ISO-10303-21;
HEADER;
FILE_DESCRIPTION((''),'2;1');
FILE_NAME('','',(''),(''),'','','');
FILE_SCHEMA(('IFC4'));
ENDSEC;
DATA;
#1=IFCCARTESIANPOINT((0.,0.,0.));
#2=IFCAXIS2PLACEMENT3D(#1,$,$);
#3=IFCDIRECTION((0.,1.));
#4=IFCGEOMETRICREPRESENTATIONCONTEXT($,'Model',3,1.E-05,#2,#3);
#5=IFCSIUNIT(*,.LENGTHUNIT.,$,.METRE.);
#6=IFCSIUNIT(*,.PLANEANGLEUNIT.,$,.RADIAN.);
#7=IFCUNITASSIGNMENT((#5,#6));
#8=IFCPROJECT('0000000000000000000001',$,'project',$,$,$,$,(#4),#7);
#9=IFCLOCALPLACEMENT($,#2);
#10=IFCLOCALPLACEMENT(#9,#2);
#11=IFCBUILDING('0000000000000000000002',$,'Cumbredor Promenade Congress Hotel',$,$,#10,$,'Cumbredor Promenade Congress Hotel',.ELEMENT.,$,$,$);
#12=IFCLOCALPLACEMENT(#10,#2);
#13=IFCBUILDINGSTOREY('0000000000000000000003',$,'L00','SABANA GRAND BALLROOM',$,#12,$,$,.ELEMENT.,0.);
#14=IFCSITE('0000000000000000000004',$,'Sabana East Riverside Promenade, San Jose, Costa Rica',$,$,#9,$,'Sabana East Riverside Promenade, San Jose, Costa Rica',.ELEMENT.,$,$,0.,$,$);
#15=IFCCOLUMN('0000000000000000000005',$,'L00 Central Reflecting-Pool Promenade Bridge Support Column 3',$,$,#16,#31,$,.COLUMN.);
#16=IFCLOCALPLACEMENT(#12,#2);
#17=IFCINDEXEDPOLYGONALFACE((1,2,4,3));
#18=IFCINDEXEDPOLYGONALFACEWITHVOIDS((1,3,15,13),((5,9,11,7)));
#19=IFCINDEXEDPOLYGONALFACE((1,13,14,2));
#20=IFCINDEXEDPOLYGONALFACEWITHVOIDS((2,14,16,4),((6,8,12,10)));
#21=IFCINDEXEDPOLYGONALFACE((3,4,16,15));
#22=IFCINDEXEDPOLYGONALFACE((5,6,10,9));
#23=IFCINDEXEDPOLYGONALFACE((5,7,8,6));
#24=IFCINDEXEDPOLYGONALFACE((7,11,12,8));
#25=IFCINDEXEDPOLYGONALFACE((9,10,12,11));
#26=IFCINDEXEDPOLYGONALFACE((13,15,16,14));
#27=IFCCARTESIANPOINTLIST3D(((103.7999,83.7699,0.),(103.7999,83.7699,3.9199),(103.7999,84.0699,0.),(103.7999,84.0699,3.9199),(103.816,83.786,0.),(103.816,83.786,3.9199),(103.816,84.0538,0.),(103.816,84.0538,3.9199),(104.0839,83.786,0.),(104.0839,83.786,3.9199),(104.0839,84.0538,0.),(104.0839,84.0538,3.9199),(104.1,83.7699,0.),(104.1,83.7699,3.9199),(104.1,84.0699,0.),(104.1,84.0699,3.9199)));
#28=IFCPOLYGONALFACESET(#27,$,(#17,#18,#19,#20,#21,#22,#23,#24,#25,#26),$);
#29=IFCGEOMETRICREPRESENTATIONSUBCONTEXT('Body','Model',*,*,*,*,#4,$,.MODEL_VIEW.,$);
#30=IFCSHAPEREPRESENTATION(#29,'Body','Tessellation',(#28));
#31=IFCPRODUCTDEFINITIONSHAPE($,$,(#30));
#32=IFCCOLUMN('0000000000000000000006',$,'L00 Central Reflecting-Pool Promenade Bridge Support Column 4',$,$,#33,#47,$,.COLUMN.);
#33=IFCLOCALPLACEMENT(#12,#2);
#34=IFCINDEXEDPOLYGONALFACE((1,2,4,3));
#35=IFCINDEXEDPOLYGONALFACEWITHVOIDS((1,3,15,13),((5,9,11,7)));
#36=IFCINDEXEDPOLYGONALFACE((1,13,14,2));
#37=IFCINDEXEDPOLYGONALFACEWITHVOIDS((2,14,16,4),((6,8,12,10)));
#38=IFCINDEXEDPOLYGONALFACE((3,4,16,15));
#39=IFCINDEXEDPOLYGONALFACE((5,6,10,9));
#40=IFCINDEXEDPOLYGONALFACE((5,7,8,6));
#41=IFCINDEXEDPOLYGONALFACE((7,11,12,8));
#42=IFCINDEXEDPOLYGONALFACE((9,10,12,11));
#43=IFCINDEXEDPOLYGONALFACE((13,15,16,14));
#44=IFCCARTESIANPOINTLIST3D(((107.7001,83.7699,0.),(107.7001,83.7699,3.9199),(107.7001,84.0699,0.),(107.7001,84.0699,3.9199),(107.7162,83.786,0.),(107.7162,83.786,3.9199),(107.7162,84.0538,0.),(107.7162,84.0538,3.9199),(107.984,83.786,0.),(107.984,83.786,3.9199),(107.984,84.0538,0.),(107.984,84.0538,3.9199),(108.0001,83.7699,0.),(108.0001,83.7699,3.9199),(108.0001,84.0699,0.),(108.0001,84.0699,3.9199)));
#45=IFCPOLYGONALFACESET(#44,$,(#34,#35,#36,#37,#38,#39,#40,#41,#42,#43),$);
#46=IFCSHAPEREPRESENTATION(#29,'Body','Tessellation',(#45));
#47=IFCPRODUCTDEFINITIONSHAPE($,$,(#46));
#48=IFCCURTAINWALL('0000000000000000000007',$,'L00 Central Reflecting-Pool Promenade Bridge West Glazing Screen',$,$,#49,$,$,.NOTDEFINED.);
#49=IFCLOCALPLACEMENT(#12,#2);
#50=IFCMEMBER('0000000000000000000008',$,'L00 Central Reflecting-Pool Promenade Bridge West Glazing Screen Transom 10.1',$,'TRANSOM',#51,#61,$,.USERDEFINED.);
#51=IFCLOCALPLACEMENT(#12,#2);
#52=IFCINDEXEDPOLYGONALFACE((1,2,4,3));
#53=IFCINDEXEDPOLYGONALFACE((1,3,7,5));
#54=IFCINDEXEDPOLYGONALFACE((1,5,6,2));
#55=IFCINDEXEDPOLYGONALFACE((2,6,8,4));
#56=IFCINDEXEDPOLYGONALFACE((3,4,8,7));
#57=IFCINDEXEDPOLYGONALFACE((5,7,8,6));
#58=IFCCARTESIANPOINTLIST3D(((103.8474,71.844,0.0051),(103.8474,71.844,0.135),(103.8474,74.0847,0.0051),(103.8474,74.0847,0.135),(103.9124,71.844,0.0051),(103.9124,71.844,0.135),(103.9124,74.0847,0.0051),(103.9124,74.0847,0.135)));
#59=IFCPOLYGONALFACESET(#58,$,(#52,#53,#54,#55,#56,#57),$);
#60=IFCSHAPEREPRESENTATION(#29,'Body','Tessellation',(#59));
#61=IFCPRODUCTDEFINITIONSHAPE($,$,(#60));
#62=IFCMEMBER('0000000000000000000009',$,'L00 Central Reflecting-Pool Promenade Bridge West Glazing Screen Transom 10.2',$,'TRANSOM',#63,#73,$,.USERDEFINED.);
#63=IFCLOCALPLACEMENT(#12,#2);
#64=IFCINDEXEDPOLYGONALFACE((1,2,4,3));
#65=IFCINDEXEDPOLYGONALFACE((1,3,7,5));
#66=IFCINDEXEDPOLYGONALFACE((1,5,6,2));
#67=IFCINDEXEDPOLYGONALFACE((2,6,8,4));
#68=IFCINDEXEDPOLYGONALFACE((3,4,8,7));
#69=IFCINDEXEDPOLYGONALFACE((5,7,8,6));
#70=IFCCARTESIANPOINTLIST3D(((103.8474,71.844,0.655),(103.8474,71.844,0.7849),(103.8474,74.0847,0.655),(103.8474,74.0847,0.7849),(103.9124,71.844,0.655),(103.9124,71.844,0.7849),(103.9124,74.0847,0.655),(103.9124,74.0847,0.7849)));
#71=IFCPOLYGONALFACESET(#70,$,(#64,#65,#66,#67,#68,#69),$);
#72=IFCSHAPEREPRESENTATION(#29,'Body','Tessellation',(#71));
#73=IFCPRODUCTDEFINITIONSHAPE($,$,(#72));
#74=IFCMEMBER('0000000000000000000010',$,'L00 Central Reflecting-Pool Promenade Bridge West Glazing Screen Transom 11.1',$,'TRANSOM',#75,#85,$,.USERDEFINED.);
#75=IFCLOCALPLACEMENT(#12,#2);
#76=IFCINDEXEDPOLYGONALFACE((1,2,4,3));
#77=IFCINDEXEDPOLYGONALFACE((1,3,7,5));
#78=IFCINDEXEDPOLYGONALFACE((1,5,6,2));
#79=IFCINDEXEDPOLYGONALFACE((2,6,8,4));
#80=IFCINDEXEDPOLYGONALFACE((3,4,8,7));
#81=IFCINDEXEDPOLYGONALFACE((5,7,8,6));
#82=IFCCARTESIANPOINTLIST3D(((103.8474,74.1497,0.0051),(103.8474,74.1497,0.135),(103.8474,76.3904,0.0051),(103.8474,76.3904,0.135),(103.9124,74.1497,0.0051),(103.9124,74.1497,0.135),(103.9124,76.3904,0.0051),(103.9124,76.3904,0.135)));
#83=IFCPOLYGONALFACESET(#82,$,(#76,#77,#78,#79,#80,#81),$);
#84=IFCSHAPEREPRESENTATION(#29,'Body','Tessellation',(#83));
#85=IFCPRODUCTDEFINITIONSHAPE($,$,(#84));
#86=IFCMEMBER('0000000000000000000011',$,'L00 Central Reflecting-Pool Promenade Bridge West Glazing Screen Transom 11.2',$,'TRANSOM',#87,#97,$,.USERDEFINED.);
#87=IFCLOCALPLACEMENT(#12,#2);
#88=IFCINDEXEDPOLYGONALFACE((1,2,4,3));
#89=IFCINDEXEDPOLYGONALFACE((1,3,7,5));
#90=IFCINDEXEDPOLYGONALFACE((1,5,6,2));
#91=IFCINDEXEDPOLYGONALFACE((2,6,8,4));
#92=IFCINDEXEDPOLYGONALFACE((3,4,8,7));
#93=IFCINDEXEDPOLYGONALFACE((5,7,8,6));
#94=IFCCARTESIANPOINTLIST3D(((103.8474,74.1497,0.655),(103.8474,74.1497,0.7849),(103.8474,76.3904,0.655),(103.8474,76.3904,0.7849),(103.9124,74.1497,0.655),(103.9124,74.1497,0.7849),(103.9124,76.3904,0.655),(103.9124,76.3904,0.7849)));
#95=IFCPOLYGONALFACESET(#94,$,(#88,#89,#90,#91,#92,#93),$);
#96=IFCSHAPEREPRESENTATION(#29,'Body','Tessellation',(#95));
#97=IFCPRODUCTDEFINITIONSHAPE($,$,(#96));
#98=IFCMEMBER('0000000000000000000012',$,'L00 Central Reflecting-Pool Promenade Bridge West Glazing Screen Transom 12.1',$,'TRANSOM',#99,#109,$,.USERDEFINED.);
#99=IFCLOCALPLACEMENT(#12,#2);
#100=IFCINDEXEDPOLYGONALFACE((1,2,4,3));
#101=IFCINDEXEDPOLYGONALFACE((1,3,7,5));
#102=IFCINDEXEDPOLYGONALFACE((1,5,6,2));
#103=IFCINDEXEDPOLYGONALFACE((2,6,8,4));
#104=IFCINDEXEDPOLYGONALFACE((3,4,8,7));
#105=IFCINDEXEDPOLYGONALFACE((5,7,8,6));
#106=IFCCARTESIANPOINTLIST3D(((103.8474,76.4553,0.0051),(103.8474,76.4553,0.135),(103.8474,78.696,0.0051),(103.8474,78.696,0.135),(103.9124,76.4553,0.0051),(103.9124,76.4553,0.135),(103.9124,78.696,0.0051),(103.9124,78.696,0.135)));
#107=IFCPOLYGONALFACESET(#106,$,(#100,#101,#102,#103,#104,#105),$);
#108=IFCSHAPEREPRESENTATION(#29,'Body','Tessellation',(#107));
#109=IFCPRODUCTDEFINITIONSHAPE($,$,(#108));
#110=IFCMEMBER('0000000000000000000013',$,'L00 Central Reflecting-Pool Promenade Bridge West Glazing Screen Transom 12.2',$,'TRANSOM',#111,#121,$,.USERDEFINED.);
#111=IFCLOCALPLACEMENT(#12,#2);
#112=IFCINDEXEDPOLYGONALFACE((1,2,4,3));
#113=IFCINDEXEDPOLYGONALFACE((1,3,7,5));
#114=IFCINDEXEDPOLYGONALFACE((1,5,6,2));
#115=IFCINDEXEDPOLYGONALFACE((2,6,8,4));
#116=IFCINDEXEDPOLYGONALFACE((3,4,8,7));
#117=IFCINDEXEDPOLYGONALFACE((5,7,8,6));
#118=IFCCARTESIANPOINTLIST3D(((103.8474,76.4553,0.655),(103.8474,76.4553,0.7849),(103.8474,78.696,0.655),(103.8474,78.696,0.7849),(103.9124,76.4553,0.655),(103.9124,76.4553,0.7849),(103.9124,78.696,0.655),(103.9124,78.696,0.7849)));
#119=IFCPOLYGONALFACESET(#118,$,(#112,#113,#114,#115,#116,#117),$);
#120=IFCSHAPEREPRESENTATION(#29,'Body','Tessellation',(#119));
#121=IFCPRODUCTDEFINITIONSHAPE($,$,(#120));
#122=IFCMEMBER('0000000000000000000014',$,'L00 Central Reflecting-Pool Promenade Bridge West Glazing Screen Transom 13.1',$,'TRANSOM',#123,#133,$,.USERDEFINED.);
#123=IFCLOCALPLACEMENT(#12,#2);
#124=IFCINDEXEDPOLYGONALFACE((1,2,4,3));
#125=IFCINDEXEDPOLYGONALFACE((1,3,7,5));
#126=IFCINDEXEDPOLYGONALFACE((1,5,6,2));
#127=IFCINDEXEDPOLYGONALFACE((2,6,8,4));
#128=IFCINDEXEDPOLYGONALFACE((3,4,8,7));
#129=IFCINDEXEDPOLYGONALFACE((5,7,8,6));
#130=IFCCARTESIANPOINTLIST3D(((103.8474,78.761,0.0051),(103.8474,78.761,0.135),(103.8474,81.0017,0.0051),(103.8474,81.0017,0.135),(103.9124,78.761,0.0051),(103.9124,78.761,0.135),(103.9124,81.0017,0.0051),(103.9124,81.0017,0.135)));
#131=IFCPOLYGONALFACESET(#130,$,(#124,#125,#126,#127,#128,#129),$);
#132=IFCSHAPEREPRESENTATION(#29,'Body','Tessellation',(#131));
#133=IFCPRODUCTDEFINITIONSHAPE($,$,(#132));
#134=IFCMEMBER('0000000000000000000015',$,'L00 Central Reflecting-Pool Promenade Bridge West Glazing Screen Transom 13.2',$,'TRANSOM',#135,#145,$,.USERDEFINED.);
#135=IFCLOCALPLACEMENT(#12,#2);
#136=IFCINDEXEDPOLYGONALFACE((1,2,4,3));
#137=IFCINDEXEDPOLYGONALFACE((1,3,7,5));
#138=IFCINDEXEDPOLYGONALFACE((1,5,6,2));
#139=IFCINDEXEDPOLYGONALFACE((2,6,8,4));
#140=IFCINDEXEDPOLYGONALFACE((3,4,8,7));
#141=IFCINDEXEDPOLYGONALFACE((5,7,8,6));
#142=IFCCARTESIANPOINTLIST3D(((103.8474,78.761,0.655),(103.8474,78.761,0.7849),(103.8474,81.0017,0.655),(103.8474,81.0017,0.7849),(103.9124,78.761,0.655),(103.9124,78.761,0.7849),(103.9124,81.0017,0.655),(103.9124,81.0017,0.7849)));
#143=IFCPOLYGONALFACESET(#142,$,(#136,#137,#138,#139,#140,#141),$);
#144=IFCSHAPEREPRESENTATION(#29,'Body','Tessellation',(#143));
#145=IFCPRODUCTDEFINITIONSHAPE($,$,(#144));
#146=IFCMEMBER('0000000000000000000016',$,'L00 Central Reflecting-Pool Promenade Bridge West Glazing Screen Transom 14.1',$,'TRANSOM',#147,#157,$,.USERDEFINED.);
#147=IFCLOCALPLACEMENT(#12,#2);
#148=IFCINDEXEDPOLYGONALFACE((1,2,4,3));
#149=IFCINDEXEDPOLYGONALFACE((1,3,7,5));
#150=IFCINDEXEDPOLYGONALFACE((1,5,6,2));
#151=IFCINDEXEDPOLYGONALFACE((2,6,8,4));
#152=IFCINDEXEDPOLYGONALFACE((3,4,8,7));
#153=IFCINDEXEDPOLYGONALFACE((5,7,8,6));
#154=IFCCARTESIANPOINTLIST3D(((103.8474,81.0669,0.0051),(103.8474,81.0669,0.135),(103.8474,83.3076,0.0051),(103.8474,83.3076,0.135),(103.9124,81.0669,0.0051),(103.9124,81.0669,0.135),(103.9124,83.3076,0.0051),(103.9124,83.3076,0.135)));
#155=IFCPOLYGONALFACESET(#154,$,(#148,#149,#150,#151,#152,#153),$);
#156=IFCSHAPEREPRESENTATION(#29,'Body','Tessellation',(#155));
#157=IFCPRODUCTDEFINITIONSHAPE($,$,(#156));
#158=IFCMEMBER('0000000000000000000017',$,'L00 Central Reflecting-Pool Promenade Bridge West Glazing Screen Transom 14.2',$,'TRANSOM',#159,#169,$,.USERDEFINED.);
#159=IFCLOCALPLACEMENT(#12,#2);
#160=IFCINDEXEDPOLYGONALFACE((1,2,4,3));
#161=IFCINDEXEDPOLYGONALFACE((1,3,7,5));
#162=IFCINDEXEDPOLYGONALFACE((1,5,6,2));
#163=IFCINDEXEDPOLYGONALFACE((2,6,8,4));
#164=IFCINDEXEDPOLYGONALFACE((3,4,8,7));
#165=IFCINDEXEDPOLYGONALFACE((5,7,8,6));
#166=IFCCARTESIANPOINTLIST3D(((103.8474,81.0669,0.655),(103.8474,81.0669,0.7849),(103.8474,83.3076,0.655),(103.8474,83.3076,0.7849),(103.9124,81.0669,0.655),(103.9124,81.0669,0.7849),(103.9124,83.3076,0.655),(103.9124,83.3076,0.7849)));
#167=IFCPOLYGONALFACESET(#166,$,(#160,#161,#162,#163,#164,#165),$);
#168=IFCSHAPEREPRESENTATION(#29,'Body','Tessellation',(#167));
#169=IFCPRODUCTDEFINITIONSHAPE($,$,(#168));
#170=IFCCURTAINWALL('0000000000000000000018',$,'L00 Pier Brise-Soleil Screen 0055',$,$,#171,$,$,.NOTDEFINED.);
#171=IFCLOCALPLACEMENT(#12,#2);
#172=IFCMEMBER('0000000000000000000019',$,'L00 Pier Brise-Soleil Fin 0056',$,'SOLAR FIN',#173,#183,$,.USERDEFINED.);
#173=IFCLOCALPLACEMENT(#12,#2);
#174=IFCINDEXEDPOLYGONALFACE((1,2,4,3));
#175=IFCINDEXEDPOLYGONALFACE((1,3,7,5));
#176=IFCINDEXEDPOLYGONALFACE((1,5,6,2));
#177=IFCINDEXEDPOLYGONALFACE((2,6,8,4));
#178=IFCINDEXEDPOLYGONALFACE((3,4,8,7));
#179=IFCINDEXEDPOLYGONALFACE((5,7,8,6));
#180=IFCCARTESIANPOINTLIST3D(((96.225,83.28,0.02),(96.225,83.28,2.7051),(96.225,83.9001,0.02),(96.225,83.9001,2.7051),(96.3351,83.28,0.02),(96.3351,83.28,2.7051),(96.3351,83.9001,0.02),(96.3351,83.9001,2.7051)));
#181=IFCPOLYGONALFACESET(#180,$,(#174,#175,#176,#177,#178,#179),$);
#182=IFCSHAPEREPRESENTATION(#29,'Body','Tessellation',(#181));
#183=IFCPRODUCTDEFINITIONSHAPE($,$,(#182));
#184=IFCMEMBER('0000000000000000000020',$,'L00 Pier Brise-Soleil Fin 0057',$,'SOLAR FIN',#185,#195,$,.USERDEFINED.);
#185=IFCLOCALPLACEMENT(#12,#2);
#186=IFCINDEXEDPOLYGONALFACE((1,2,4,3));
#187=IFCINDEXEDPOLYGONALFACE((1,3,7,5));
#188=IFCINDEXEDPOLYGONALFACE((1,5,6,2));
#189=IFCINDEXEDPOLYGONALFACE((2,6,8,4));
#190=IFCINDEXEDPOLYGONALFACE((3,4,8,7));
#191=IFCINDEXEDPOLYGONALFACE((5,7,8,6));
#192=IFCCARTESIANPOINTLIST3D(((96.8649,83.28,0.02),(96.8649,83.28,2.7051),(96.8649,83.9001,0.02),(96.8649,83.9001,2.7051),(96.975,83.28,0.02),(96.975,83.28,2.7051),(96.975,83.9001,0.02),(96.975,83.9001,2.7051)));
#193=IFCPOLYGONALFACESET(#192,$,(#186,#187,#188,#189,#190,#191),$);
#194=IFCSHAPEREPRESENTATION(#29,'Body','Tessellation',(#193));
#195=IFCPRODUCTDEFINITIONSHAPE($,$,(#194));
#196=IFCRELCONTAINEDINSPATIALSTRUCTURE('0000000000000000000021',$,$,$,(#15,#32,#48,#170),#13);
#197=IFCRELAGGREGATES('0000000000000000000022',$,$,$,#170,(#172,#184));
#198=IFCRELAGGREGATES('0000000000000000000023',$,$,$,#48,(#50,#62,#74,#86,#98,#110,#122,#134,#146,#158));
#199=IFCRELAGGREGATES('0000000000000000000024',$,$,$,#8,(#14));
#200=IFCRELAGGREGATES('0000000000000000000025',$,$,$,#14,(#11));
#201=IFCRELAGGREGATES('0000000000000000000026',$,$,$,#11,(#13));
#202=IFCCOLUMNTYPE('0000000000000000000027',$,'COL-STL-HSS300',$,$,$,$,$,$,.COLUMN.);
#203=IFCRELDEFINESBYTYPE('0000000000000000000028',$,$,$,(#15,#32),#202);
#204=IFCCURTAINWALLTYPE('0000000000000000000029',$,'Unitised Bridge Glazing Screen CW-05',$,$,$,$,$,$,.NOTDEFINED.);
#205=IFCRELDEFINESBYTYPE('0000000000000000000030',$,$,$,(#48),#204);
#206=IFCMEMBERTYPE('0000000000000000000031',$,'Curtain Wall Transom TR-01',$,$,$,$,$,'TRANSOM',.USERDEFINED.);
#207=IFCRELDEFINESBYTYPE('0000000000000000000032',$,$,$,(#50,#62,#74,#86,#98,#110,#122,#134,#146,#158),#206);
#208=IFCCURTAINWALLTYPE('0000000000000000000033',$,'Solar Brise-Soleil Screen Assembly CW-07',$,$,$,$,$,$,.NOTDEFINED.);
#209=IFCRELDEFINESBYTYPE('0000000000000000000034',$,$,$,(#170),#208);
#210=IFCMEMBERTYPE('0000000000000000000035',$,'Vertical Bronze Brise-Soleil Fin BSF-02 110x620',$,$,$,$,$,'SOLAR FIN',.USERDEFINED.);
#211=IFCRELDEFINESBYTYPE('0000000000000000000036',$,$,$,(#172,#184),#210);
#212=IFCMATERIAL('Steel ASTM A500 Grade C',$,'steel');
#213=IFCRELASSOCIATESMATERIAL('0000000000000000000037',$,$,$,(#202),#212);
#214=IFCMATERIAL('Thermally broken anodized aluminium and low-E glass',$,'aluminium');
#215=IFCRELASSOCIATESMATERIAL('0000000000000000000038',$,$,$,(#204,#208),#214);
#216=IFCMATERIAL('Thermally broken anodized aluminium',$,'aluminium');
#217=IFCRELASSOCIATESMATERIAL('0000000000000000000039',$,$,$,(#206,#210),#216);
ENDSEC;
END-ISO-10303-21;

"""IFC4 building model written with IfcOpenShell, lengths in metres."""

from ifc_helpers import new_model, si_unit, direction, frame, origin, origin_2d, place, context, subcontext, project, spatial, rectangle, hollow_rectangle, extrude, material, material_profile, profile_set, type_object, element, aggregate, save


model = new_model("IFC4")

# Units and contexts
model_context = context("Model", 3, precision=1e-05, world=origin(), true_north=direction((0.0, 1.0)))
body_context = subcontext(model_context, "Body", "Model", "MODEL_VIEW")
ifc_project = project(units=[si_unit("LENGTHUNIT", "METRE"), si_unit("PLANEANGLEUNIT", "RADIAN")], contexts=[model_context])

# Site, building, storey
site_placement = place(None, origin())
site = spatial("IfcSite", under=ifc_project, at=site_placement, Name="Sabana East Riverside Promenade, San Jose, Costa Rica", LongName="Sabana East Riverside Promenade, San Jose, Costa Rica", CompositionType="ELEMENT", RefElevation=0.0)
building_placement = place(site_placement, origin())
building = spatial("IfcBuilding", under=site, at=building_placement, Name="Cumbredor Promenade Congress Hotel", LongName="Cumbredor Promenade Congress Hotel", CompositionType="ELEMENT")
storey_placement = place(building_placement, origin())
storey = spatial("IfcBuildingStorey", under=building, at=storey_placement, Name="L00", Description="SABANA GRAND BALLROOM", CompositionType="ELEMENT", Elevation=0.0)

# Columns
ifc_material_1 = material(Name="Steel ASTM A500 Grade C", Category="steel")
ifc_material_profile_1 = material_profile(ifc_material_1, hollow_rectangle(XDim=0.3, YDim=0.3, WallThickness=0.0161, at=origin_2d()), Name="HSS 300x300x16")
ifc_profile_set_1 = profile_set([ifc_material_profile_1], Name="Steel ASTM A500 Grade C")
column_type = type_object("IfcColumnType", Name="COL-STL-HSS300", PredefinedType="COLUMN", material=ifc_profile_set_1)
for number, where, z_axis, x_axis, name in (
    (1, (103.95, 83.9199, 0.0), (0.0, 0.0, 1.0), (1.0, 0.0, 0.0), "L00 Central Reflecting-Pool Promenade Bridge Support Column 3"),
    (2, (107.8501, 83.9199, 0.0), (0.0, 0.0, 1.0), (1.0, 0.0, 0.0), "L00 Central Reflecting-Pool Promenade Bridge Support Column 4"),
):
    element("IfcColumn", number, at=place(storey_placement, frame(where, z_axis=z_axis, x_axis=x_axis)), inside=storey, type_object=column_type, Name=name, PredefinedType="COLUMN", context=body_context, shape_type="SweptSolid", body=[
        extrude(hollow_rectangle(XDim=0.3, YDim=0.3, WallThickness=0.0161, at=origin_2d()), origin(), (0.0, 0.0, 1.0), 3.9199),
    ])

# Curtain walls, members
ifc_material_2 = material(Name="Thermally broken anodized aluminium and low-E glass", Category="aluminium")
curtain_wall_type_1 = type_object("IfcCurtainWallType", Name="Unitised Bridge Glazing Screen CW-05", PredefinedType="NOTDEFINED", material=ifc_material_2)
curtain_wall_1_placement = place(storey_placement, origin())
curtain_wall_1 = element("IfcCurtainWall", 3, at=curtain_wall_1_placement, inside=storey, type_object=curtain_wall_type_1, Name="L00 Central Reflecting-Pool Promenade Bridge West Glazing Screen", PredefinedType="NOTDEFINED")
ifc_material_3 = material(Name="Thermally broken anodized aluminium", Category="aluminium")
ifc_material_profile_2 = material_profile(ifc_material_3, rectangle(XDim=0.0649, YDim=0.1299, at=origin_2d()), Name="ALU TRANSOM 65x130")
ifc_profile_set_2 = profile_set([ifc_material_profile_2], Name="Thermally broken anodized aluminium")
member_type_1 = type_object("IfcMemberType", Name="Curtain Wall Transom TR-01", ElementType="TRANSOM", PredefinedType="USERDEFINED", material=ifc_profile_set_2)
member_1_placement = place(storey_placement, frame((103.8799, 71.844, 0.0701), z_axis=(0.0, 1.0, 0.0), x_axis=(-1.0, 0.0, 0.0)))
member_1 = element("IfcMember", 4, at=member_1_placement, type_object=member_type_1, Name="L00 Central Reflecting-Pool Promenade Bridge West Glazing Screen Transom 10.1", ObjectType="TRANSOM", PredefinedType="USERDEFINED", context=body_context, shape_type="SweptSolid", body=[
    extrude(rectangle(XDim=0.0649, YDim=0.1299, at=origin_2d()), origin(), (0.0, 0.0, 1.0), 2.2407),
])
member_2_placement = place(storey_placement, frame((103.8799, 71.844, 0.72), z_axis=(0.0, 1.0, 0.0), x_axis=(-1.0, 0.0, 0.0)))
member_2 = element("IfcMember", 5, at=member_2_placement, type_object=member_type_1, Name="L00 Central Reflecting-Pool Promenade Bridge West Glazing Screen Transom 10.2", ObjectType="TRANSOM", PredefinedType="USERDEFINED", context=body_context, shape_type="SweptSolid", body=[
    extrude(rectangle(XDim=0.0649, YDim=0.1299, at=origin_2d()), origin(), (0.0, 0.0, 1.0), 2.2407),
])
member_3_placement = place(storey_placement, frame((103.8799, 74.1497, 0.0701), z_axis=(0.0, 1.0, 0.0), x_axis=(-1.0, 0.0, 0.0)))
member_3 = element("IfcMember", 6, at=member_3_placement, type_object=member_type_1, Name="L00 Central Reflecting-Pool Promenade Bridge West Glazing Screen Transom 11.1", ObjectType="TRANSOM", PredefinedType="USERDEFINED", context=body_context, shape_type="SweptSolid", body=[
    extrude(rectangle(XDim=0.0649, YDim=0.1299, at=origin_2d()), origin(), (0.0, 0.0, 1.0), 2.2407),
])
member_4_placement = place(storey_placement, frame((103.8799, 74.1497, 0.72), z_axis=(0.0, 1.0, 0.0), x_axis=(-1.0, 0.0, 0.0)))
member_4 = element("IfcMember", 7, at=member_4_placement, type_object=member_type_1, Name="L00 Central Reflecting-Pool Promenade Bridge West Glazing Screen Transom 11.2", ObjectType="TRANSOM", PredefinedType="USERDEFINED", context=body_context, shape_type="SweptSolid", body=[
    extrude(rectangle(XDim=0.0649, YDim=0.1299, at=origin_2d()), origin(), (0.0, 0.0, 1.0), 2.2407),
])
member_5_placement = place(storey_placement, frame((103.8799, 76.4553, 0.0701), z_axis=(0.0, 1.0, 0.0), x_axis=(-1.0, 0.0, 0.0)))
member_5 = element("IfcMember", 8, at=member_5_placement, type_object=member_type_1, Name="L00 Central Reflecting-Pool Promenade Bridge West Glazing Screen Transom 12.1", ObjectType="TRANSOM", PredefinedType="USERDEFINED", context=body_context, shape_type="SweptSolid", body=[
    extrude(rectangle(XDim=0.0649, YDim=0.1299, at=origin_2d()), origin(), (0.0, 0.0, 1.0), 2.2407),
])
member_6_placement = place(storey_placement, frame((103.8799, 76.4553, 0.72), z_axis=(0.0, 1.0, 0.0), x_axis=(-1.0, 0.0, 0.0)))
member_6 = element("IfcMember", 9, at=member_6_placement, type_object=member_type_1, Name="L00 Central Reflecting-Pool Promenade Bridge West Glazing Screen Transom 12.2", ObjectType="TRANSOM", PredefinedType="USERDEFINED", context=body_context, shape_type="SweptSolid", body=[
    extrude(rectangle(XDim=0.0649, YDim=0.1299, at=origin_2d()), origin(), (0.0, 0.0, 1.0), 2.2407),
])
member_7_placement = place(storey_placement, frame((103.8799, 78.761, 0.0701), z_axis=(0.0, 1.0, 0.0), x_axis=(-1.0, 0.0, 0.0)))
member_7 = element("IfcMember", 10, at=member_7_placement, type_object=member_type_1, Name="L00 Central Reflecting-Pool Promenade Bridge West Glazing Screen Transom 13.1", ObjectType="TRANSOM", PredefinedType="USERDEFINED", context=body_context, shape_type="SweptSolid", body=[
    extrude(rectangle(XDim=0.0649, YDim=0.1299, at=origin_2d()), origin(), (0.0, 0.0, 1.0), 2.2407),
])
member_8_placement = place(storey_placement, frame((103.8799, 78.761, 0.72), z_axis=(0.0, 1.0, 0.0), x_axis=(-1.0, 0.0, 0.0)))
member_8 = element("IfcMember", 11, at=member_8_placement, type_object=member_type_1, Name="L00 Central Reflecting-Pool Promenade Bridge West Glazing Screen Transom 13.2", ObjectType="TRANSOM", PredefinedType="USERDEFINED", context=body_context, shape_type="SweptSolid", body=[
    extrude(rectangle(XDim=0.0649, YDim=0.1299, at=origin_2d()), origin(), (0.0, 0.0, 1.0), 2.2407),
])
member_9_placement = place(storey_placement, frame((103.8799, 81.0669, 0.0701), z_axis=(0.0, 1.0, 0.0), x_axis=(-1.0, 0.0, 0.0)))
member_9 = element("IfcMember", 12, at=member_9_placement, type_object=member_type_1, Name="L00 Central Reflecting-Pool Promenade Bridge West Glazing Screen Transom 14.1", ObjectType="TRANSOM", PredefinedType="USERDEFINED", context=body_context, shape_type="SweptSolid", body=[
    extrude(rectangle(XDim=0.0649, YDim=0.1299, at=origin_2d()), origin(), (0.0, 0.0, 1.0), 2.2407),
])
member_10_placement = place(storey_placement, frame((103.8799, 81.0669, 0.72), z_axis=(0.0, 1.0, 0.0), x_axis=(-1.0, 0.0, 0.0)))
member_10 = element("IfcMember", 13, at=member_10_placement, type_object=member_type_1, Name="L00 Central Reflecting-Pool Promenade Bridge West Glazing Screen Transom 14.2", ObjectType="TRANSOM", PredefinedType="USERDEFINED", context=body_context, shape_type="SweptSolid", body=[
    extrude(rectangle(XDim=0.0649, YDim=0.1299, at=origin_2d()), origin(), (0.0, 0.0, 1.0), 2.2407),
])
curtain_wall_type_2 = type_object("IfcCurtainWallType", Name="Solar Brise-Soleil Screen Assembly CW-07", PredefinedType="NOTDEFINED", material=ifc_material_2)
curtain_wall_2_placement = place(storey_placement, origin())
curtain_wall_2 = element("IfcCurtainWall", 14, at=curtain_wall_2_placement, inside=storey, type_object=curtain_wall_type_2, Name="L00 Pier Brise-Soleil Screen 0055", PredefinedType="NOTDEFINED")
ifc_material_profile_3 = material_profile(ifc_material_3, rectangle(XDim=0.1101, YDim=0.6201, at=origin_2d()), Name="ARCH FIN 110x620")
ifc_profile_set_3 = profile_set([ifc_material_profile_3], Name="Thermally broken anodized aluminium")
member_type_2 = type_object("IfcMemberType", Name="Vertical Bronze Brise-Soleil Fin BSF-02 110x620", ElementType="SOLAR FIN", PredefinedType="USERDEFINED", material=ifc_profile_set_3)
member_11_placement = place(storey_placement, frame((96.28, 83.5901, 0.02), z_axis=(0.0, 0.0, 1.0), x_axis=(1.0, 0.0, 0.0)))
member_11 = element("IfcMember", 15, at=member_11_placement, type_object=member_type_2, Name="L00 Pier Brise-Soleil Fin 0056", ObjectType="SOLAR FIN", PredefinedType="USERDEFINED", context=body_context, shape_type="SweptSolid", body=[
    extrude(rectangle(XDim=0.1101, YDim=0.6201, at=origin_2d()), origin(), (0.0, 0.0, 1.0), 2.6851),
])
member_12_placement = place(storey_placement, frame((96.9199, 83.5901, 0.02), z_axis=(0.0, 0.0, 1.0), x_axis=(1.0, 0.0, 0.0)))
member_12 = element("IfcMember", 16, at=member_12_placement, type_object=member_type_2, Name="L00 Pier Brise-Soleil Fin 0057", ObjectType="SOLAR FIN", PredefinedType="USERDEFINED", context=body_context, shape_type="SweptSolid", body=[
    extrude(rectangle(XDim=0.1101, YDim=0.6201, at=origin_2d()), origin(), (0.0, 0.0, 1.0), 2.6851),
])
aggregate(curtain_wall_2, [member_11, member_12])

aggregate(curtain_wall_1, [member_1, member_2, member_3, member_4, member_5, member_6, member_7, member_8, member_9, member_10])

save(model, "model.ifc")
